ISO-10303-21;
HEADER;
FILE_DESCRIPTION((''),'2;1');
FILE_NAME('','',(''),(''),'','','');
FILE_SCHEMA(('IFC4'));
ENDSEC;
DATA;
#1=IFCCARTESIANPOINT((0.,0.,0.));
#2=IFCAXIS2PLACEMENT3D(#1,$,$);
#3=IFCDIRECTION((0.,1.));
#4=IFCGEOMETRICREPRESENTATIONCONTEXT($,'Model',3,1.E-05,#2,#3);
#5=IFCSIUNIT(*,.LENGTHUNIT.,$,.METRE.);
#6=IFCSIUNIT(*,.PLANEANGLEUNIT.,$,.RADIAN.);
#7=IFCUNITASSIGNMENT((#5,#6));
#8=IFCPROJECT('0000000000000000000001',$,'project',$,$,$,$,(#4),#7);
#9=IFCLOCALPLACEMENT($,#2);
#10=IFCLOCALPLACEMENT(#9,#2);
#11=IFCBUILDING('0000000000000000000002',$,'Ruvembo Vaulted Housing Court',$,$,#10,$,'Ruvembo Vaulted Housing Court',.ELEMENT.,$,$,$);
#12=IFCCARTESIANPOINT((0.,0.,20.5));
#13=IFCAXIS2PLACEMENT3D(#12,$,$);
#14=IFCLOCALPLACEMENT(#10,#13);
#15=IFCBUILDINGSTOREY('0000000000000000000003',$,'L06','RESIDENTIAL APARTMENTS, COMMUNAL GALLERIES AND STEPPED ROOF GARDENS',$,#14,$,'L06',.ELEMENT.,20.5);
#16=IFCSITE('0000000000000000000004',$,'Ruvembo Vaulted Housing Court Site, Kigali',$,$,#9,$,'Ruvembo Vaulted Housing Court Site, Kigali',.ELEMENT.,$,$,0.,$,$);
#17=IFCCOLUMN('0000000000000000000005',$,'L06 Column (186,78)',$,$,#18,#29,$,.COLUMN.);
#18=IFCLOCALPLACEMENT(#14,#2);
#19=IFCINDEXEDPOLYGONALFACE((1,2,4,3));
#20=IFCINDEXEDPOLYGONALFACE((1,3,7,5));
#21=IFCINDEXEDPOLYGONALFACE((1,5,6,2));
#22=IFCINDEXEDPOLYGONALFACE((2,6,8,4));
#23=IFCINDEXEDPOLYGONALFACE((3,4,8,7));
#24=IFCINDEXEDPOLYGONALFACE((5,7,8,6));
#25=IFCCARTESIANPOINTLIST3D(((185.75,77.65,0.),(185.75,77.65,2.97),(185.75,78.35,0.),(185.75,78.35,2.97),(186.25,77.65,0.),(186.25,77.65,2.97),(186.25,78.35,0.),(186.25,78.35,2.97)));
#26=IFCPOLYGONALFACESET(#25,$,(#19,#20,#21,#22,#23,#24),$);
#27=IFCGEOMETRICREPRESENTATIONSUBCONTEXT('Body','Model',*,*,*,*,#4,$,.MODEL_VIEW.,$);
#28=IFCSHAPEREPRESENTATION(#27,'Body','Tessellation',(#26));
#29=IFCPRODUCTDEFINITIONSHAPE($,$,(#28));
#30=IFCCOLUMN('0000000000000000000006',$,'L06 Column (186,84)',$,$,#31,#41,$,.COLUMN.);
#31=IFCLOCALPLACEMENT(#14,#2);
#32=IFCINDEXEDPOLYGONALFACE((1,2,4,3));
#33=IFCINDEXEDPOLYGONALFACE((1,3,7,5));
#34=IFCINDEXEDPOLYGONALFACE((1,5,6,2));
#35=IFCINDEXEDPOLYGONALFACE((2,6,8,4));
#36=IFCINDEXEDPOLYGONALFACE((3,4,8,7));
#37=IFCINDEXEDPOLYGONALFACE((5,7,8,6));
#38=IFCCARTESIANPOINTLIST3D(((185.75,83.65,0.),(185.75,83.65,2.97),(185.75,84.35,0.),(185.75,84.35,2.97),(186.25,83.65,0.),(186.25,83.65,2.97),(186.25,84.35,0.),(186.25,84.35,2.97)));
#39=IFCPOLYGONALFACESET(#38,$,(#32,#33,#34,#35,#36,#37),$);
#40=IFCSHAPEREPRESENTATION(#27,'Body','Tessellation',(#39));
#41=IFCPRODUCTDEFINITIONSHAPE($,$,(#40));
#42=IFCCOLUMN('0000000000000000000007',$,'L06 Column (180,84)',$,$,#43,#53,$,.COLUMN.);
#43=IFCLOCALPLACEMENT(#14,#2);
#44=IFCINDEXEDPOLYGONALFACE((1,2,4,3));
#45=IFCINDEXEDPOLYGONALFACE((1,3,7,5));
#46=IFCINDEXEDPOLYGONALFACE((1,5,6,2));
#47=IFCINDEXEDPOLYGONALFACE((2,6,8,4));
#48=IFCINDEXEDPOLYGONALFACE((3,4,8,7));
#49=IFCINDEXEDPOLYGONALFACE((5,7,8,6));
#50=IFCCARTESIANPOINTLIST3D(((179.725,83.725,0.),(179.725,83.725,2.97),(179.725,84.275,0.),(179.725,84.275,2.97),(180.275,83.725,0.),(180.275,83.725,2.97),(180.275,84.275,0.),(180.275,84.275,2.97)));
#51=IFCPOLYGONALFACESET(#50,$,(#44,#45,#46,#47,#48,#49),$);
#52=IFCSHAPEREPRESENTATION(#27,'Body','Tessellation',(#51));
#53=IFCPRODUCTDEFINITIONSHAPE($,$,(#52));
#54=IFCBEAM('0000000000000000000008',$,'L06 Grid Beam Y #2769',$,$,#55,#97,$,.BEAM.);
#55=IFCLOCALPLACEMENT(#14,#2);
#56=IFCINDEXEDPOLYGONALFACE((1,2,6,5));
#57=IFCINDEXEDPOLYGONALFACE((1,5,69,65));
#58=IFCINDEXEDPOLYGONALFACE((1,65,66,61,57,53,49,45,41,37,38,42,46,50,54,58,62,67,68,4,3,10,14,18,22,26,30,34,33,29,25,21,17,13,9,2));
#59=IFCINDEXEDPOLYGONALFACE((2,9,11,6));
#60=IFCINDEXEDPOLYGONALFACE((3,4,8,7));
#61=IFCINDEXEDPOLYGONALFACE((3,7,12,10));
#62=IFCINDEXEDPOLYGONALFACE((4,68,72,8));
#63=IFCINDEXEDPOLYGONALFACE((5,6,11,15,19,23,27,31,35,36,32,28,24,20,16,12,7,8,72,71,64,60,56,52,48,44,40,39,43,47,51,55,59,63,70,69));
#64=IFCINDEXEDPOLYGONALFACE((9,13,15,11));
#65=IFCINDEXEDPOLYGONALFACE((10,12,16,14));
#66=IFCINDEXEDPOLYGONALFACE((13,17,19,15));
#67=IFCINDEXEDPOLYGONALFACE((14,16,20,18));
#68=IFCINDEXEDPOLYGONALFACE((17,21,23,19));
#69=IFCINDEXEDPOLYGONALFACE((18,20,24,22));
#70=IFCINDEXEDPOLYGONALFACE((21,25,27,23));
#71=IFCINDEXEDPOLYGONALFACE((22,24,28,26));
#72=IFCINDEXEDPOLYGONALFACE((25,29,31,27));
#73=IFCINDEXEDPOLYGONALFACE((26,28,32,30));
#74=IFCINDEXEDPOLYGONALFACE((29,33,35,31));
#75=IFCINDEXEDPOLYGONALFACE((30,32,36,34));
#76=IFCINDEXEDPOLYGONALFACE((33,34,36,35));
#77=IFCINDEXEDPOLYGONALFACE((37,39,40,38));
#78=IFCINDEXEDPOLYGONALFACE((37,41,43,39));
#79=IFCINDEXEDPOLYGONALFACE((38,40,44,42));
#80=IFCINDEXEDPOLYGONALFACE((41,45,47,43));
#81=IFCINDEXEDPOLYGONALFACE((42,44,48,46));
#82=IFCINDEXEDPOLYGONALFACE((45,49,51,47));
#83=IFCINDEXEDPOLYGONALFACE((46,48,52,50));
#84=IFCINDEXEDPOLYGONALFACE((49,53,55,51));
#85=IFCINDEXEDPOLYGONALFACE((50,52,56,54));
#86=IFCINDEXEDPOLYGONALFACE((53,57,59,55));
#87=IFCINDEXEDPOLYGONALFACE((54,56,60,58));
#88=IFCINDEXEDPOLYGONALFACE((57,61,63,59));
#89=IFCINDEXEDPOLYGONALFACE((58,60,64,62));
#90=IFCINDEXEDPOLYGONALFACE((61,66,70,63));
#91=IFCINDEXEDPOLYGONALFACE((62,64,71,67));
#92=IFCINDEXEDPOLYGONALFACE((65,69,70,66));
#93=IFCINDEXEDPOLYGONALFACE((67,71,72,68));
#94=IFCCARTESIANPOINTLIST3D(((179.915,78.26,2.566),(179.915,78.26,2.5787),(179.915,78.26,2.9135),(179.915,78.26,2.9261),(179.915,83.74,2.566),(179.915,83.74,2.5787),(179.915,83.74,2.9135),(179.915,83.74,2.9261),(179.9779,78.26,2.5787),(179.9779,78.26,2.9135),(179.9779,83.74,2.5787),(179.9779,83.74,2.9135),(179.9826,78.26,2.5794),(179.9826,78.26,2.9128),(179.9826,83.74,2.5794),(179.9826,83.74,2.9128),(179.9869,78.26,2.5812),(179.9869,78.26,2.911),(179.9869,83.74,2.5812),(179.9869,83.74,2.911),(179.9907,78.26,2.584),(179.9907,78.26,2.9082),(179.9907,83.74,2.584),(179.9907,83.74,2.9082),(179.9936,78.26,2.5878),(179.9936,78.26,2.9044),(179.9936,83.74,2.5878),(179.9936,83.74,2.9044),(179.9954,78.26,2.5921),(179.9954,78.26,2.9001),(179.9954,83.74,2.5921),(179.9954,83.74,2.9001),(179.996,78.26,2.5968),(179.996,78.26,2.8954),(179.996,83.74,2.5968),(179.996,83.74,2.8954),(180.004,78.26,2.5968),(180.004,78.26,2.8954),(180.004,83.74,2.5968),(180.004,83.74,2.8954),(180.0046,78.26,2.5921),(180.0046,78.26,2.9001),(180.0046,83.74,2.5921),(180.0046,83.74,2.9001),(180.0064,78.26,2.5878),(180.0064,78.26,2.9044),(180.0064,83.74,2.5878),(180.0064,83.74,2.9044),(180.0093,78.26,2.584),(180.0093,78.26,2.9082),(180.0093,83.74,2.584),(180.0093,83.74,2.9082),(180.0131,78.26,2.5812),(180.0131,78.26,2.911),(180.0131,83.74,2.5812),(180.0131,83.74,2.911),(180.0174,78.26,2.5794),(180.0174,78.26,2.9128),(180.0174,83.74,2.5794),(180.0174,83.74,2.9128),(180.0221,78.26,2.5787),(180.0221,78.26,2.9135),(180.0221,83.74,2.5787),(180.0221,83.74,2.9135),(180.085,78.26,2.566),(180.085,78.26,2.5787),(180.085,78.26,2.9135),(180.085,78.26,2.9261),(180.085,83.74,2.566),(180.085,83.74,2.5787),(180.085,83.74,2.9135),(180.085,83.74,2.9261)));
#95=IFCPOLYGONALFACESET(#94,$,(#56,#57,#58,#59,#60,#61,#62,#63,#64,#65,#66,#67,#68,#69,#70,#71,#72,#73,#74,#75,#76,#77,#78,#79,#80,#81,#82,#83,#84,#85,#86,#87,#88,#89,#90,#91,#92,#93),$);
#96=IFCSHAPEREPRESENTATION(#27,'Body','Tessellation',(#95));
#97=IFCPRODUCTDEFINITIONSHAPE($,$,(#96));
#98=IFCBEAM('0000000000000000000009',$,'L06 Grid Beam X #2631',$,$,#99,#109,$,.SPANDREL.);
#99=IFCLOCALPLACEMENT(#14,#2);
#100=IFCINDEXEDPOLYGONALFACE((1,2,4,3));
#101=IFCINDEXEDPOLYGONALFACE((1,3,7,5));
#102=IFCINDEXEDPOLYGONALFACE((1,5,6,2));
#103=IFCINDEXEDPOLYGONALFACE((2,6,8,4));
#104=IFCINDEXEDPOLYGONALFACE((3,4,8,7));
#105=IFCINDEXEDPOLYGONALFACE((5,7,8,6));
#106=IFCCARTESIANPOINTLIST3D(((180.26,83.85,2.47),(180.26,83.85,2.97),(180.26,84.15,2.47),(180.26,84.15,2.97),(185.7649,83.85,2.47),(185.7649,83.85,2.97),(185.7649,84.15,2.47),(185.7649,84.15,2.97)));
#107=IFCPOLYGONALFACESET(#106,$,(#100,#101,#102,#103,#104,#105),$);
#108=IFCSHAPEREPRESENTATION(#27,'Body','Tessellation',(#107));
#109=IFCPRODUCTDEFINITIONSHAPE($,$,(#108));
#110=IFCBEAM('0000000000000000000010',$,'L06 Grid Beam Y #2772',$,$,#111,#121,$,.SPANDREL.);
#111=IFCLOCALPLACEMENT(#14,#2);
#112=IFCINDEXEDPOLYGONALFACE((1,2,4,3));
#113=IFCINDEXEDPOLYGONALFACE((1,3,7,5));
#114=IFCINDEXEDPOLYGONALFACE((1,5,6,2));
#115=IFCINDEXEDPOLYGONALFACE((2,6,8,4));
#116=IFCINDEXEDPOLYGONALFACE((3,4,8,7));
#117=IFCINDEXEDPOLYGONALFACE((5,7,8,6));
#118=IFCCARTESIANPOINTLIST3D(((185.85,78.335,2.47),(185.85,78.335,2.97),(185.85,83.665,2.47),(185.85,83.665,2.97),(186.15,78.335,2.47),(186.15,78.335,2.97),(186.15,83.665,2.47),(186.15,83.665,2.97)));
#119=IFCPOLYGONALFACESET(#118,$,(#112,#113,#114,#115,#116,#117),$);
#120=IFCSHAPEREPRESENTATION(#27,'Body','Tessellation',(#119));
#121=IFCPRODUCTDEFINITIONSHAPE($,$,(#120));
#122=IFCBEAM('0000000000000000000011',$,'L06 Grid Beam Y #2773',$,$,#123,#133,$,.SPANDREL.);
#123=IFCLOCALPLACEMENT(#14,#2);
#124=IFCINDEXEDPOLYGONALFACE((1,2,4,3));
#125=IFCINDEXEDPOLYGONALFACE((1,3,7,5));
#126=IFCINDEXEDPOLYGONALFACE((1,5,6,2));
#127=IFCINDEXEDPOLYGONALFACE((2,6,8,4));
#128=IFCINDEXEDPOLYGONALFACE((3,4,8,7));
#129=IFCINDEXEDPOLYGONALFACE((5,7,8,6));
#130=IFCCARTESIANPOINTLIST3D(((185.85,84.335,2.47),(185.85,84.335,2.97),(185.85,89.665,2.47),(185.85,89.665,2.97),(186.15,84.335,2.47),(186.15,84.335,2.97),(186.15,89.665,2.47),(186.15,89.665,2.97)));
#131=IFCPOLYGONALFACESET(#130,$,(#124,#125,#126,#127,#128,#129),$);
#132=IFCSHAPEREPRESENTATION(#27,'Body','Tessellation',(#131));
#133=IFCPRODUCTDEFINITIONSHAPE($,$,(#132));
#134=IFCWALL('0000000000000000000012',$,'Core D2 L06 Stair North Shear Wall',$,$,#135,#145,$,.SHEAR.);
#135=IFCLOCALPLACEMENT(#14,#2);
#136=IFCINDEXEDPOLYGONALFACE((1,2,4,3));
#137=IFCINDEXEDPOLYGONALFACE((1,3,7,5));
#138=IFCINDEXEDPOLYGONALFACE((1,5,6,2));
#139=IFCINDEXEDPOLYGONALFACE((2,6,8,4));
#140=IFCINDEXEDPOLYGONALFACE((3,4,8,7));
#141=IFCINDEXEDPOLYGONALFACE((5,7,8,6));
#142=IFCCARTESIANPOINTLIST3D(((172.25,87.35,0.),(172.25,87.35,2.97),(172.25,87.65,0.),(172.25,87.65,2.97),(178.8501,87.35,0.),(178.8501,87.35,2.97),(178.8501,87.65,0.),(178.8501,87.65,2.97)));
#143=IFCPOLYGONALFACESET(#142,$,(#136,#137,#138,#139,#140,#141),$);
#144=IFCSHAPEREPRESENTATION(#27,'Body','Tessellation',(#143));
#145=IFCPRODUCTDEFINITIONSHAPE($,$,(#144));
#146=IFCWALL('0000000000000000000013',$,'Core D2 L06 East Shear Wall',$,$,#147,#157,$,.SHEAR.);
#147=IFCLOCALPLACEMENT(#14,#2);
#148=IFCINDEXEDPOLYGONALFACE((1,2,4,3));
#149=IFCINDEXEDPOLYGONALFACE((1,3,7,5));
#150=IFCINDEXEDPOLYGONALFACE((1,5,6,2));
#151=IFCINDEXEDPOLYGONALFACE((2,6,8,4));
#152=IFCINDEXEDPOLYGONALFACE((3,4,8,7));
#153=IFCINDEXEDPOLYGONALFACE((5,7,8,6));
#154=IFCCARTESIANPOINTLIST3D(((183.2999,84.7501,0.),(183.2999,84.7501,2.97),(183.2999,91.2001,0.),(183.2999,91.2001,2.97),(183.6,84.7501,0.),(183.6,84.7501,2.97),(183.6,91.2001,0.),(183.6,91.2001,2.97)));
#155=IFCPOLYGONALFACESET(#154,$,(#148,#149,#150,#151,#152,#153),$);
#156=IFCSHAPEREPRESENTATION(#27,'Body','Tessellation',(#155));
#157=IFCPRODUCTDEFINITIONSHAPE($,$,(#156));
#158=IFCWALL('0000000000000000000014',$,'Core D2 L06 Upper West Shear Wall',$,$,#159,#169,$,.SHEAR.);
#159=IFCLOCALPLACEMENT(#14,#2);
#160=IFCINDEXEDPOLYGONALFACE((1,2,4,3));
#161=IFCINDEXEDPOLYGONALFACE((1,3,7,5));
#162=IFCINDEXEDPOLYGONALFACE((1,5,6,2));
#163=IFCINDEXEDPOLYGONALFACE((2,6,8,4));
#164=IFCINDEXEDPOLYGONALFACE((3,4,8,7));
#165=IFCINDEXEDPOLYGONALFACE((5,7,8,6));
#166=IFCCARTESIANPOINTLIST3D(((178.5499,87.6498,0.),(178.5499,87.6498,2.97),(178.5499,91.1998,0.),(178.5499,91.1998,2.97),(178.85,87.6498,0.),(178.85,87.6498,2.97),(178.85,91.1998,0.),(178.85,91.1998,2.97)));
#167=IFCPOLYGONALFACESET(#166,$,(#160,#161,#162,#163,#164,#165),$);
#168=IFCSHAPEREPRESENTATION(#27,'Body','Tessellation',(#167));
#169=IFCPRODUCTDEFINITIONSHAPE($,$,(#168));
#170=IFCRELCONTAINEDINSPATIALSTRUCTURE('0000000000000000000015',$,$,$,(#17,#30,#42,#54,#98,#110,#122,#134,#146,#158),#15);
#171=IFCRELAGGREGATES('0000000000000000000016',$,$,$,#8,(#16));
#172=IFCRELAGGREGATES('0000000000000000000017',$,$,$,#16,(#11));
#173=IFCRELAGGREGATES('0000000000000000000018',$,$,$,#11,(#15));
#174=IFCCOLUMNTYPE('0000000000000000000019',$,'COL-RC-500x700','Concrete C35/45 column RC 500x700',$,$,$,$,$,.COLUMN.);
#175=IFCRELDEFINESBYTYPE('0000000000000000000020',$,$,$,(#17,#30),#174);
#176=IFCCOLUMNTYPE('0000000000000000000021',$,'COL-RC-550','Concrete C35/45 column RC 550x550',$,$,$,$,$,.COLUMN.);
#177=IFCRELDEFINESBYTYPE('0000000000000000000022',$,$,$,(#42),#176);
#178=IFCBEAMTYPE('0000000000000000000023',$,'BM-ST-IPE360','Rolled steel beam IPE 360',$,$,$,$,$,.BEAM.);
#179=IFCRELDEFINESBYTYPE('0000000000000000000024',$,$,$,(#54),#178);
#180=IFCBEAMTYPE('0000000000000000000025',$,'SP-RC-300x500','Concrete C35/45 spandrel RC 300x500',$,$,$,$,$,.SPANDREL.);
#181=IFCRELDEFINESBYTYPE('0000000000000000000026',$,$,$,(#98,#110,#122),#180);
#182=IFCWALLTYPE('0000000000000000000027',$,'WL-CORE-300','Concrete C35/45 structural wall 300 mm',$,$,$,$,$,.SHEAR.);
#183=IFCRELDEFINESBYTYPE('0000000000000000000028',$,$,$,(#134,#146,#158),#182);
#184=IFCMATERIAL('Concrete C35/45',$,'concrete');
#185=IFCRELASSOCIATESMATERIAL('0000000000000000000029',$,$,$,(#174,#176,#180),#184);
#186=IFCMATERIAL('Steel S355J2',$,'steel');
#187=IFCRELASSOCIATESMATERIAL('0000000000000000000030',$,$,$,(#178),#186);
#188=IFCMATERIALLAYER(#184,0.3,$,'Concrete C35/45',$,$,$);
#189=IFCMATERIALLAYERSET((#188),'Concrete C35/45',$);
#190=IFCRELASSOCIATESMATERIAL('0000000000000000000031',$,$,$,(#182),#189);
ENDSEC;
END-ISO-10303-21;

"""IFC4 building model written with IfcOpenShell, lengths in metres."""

from ifc_helpers import new_model, si_unit, direction, frame, frame_2d, origin, origin_2d, place, context, subcontext, project, spatial, rectangle, i_section, extrude, material, layer, layer_set, material_profile, profile_set, type_object, element, save


model = new_model("IFC4")

# Units and contexts
model_context = context("Model", 3, precision=1e-05, world=origin(), true_north=direction((0.0, 1.0)))
body_context = subcontext(model_context, "Body", "Model", "MODEL_VIEW")
ifc_project = project(units=[si_unit("LENGTHUNIT", "METRE"), si_unit("PLANEANGLEUNIT", "RADIAN")], contexts=[model_context])

# Site, building, storey
site_placement = place(None, origin())
site = spatial("IfcSite", under=ifc_project, at=site_placement, Name="Ruvembo Vaulted Housing Court Site, Kigali", LongName="Ruvembo Vaulted Housing Court Site, Kigali", CompositionType="ELEMENT", RefElevation=0.0)
building_placement = place(site_placement, origin())
building = spatial("IfcBuilding", under=site, at=building_placement, Name="Ruvembo Vaulted Housing Court", LongName="Ruvembo Vaulted Housing Court", CompositionType="ELEMENT")
storey_placement = place(building_placement, frame((0.0, 0.0, 20.5)))
storey = spatial("IfcBuildingStorey", under=building, at=storey_placement, Name="L06", Description="RESIDENTIAL APARTMENTS, COMMUNAL GALLERIES AND STEPPED ROOF GARDENS", LongName="L06", CompositionType="ELEMENT", Elevation=20.5)

# Columns
ifc_material_1 = material(Name="Concrete C35/45", Category="concrete")
ifc_material_profile_1 = material_profile(ifc_material_1, rectangle(XDim=0.5, YDim=0.7, at=origin_2d()), Name="RC 500x700")
ifc_profile_set_1 = profile_set([ifc_material_profile_1], Name="Concrete C35/45")
column_type_1 = type_object("IfcColumnType", Name="COL-RC-500x700", Description="Concrete C35/45 column RC 500x700", PredefinedType="COLUMN", material=ifc_profile_set_1)
for number, where, z_axis, x_axis, name in (
    (1, (186.0, 78.0, 0.0), (0.0, 0.0, 1.0), (1.0, 0.0, 0.0), "L06 Column (186,78)"),
    (2, (186.0, 84.0, 0.0), (0.0, 0.0, 1.0), (1.0, 0.0, 0.0), "L06 Column (186,84)"),
):
    element("IfcColumn", number, at=place(storey_placement, frame(where, z_axis=z_axis, x_axis=x_axis)), inside=storey, type_object=column_type_1, Name=name, PredefinedType="COLUMN", context=body_context, shape_type="SweptSolid", body=[
        extrude(rectangle(XDim=0.5, YDim=0.7, at=origin_2d()), origin(), (0.0, 0.0, 1.0), 2.97),
    ])
ifc_material_profile_2 = material_profile(ifc_material_1, rectangle(XDim=0.55, YDim=0.55, at=origin_2d()), Name="RC 550x550")
ifc_profile_set_2 = profile_set([ifc_material_profile_2], Name="Concrete C35/45")
column_type_2 = type_object("IfcColumnType", Name="COL-RC-550", Description="Concrete C35/45 column RC 550x550", PredefinedType="COLUMN", material=ifc_profile_set_2)
column_placement = place(storey_placement, frame((180.0, 84.0, 0.0), z_axis=(0.0, 0.0, 1.0), x_axis=(1.0, 0.0, 0.0)))
element("IfcColumn", 3, at=column_placement, inside=storey, type_object=column_type_2, Name="L06 Column (180,84)", PredefinedType="COLUMN", context=body_context, shape_type="SweptSolid", body=[
    extrude(rectangle(XDim=0.55, YDim=0.55, at=origin_2d()), origin(), (0.0, 0.0, 1.0), 2.97),
])

# Beams
ifc_material_2 = material(Name="Steel S355J2", Category="steel")
ifc_material_profile_3 = material_profile(ifc_material_2, i_section(OverallWidth=0.1699, OverallDepth=0.3601, WebThickness=0.0081, FlangeThickness=0.0127, FilletRadius=0.0181, at=origin_2d()), Name="IPE 360")
ifc_profile_set_3 = profile_set([ifc_material_profile_3], Name="Steel S355J2")
beam_type_1 = type_object("IfcBeamType", Name="BM-ST-IPE360", Description="Rolled steel beam IPE 360", PredefinedType="BEAM", material=ifc_profile_set_3)
beam_1_placement = place(storey_placement, frame((180.0, 78.26, 2.7461), z_axis=(0.0, 1.0, 0.0), x_axis=(-1.0, 0.0, 0.0)))
element("IfcBeam", 4, at=beam_1_placement, inside=storey, type_object=beam_type_1, Name="L06 Grid Beam Y #2769", PredefinedType="BEAM", context=body_context, shape_type="SweptSolid", body=[
    extrude(i_section(OverallWidth=0.1699, OverallDepth=0.3601, WebThickness=0.0081, FlangeThickness=0.0127, FilletRadius=0.0181, at=origin_2d()), origin(), (0.0, 0.0, 1.0), 5.48),
])
ifc_material_profile_4 = material_profile(ifc_material_1, rectangle(XDim=0.3, YDim=0.5, at=origin_2d()), Name="RC 300x500")
ifc_profile_set_4 = profile_set([ifc_material_profile_4], Name="Concrete C35/45")
beam_type_2 = type_object("IfcBeamType", Name="SP-RC-300x500", Description="Concrete C35/45 spandrel RC 300x500", PredefinedType="SPANDREL", material=ifc_profile_set_4)
beam_2_placement = place(storey_placement, frame((180.26, 84.0, 2.72), z_axis=(1.0, 0.0, 0.0), x_axis=(0.0, 1.0, 0.0)))
element("IfcBeam", 5, at=beam_2_placement, inside=storey, type_object=beam_type_2, Name="L06 Grid Beam X #2631", PredefinedType="SPANDREL", context=body_context, shape_type="SweptSolid", body=[
    extrude(rectangle(XDim=0.3, YDim=0.5, at=origin_2d()), origin(), (0.0, 0.0, 1.0), 5.5049),
])
for number, where, z_axis, x_axis, name in (
    (6, (186.0, 78.335, 2.72), (0.0, 1.0, 0.0), (-1.0, 0.0, 0.0), "L06 Grid Beam Y #2772"),
    (7, (186.0, 84.335, 2.72), (0.0, 1.0, 0.0), (-1.0, 0.0, 0.0), "L06 Grid Beam Y #2773"),
):
    element("IfcBeam", number, at=place(storey_placement, frame(where, z_axis=z_axis, x_axis=x_axis)), inside=storey, type_object=beam_type_2, Name=name, PredefinedType="SPANDREL", context=body_context, shape_type="SweptSolid", body=[
        extrude(rectangle(XDim=0.3, YDim=0.5, at=origin_2d()), origin(), (0.0, 0.0, 1.0), 5.3301),
    ])

# Wall
ifc_layer_1 = layer(ifc_material_1, 0.3, Name="Concrete C35/45")
ifc_layer_set_1 = layer_set([ifc_layer_1], Name="Concrete C35/45")
wall_type_1 = type_object("IfcWallType", Name="WL-CORE-300", Description="Concrete C35/45 structural wall 300 mm", PredefinedType="SHEAR", material=ifc_layer_set_1)
wall_1_placement = place(storey_placement, frame((178.8501, 87.5, 0.0), z_axis=(0.0, 0.0, 1.0), x_axis=(-1.0, 0.0, 0.0)))
element("IfcWall", 8, at=wall_1_placement, inside=storey, type_object=wall_type_1, Name="Core D2 L06 Stair North Shear Wall", PredefinedType="SHEAR", context=body_context, shape_type="SweptSolid", body=[
    extrude(rectangle(XDim=6.6001, YDim=0.3, at=frame_2d((3.3, 0.0))), origin(), (0.0, 0.0, 1.0), 2.97),
])

# Walls
wall_2_placement = place(storey_placement, frame((183.45, 84.75, 0.0), z_axis=(0.0, 0.0, 1.0), x_axis=(0.0, 1.0, 0.0)))
element("IfcWall", 9, at=wall_2_placement, inside=storey, type_object=wall_type_1, Name="Core D2 L06 East Shear Wall", PredefinedType="SHEAR", context=body_context, shape_type="SweptSolid", body=[
    extrude(rectangle(XDim=6.45, YDim=0.3, at=frame_2d((3.2251, 0.0))), origin(), (0.0, 0.0, 1.0), 2.97),
])
wall_3_placement = place(storey_placement, frame((178.7, 87.6499, 0.0), z_axis=(0.0, 0.0, 1.0), x_axis=(0.0, 1.0, 0.0)))
element("IfcWall", 10, at=wall_3_placement, inside=storey, type_object=wall_type_1, Name="Core D2 L06 Upper West Shear Wall", PredefinedType="SHEAR", context=body_context, shape_type="SweptSolid", body=[
    extrude(rectangle(XDim=3.55, YDim=0.3, at=frame_2d((1.7749, 0.0))), origin(), (0.0, 0.0, 1.0), 2.97),
])

save(model, "model.ifc")
